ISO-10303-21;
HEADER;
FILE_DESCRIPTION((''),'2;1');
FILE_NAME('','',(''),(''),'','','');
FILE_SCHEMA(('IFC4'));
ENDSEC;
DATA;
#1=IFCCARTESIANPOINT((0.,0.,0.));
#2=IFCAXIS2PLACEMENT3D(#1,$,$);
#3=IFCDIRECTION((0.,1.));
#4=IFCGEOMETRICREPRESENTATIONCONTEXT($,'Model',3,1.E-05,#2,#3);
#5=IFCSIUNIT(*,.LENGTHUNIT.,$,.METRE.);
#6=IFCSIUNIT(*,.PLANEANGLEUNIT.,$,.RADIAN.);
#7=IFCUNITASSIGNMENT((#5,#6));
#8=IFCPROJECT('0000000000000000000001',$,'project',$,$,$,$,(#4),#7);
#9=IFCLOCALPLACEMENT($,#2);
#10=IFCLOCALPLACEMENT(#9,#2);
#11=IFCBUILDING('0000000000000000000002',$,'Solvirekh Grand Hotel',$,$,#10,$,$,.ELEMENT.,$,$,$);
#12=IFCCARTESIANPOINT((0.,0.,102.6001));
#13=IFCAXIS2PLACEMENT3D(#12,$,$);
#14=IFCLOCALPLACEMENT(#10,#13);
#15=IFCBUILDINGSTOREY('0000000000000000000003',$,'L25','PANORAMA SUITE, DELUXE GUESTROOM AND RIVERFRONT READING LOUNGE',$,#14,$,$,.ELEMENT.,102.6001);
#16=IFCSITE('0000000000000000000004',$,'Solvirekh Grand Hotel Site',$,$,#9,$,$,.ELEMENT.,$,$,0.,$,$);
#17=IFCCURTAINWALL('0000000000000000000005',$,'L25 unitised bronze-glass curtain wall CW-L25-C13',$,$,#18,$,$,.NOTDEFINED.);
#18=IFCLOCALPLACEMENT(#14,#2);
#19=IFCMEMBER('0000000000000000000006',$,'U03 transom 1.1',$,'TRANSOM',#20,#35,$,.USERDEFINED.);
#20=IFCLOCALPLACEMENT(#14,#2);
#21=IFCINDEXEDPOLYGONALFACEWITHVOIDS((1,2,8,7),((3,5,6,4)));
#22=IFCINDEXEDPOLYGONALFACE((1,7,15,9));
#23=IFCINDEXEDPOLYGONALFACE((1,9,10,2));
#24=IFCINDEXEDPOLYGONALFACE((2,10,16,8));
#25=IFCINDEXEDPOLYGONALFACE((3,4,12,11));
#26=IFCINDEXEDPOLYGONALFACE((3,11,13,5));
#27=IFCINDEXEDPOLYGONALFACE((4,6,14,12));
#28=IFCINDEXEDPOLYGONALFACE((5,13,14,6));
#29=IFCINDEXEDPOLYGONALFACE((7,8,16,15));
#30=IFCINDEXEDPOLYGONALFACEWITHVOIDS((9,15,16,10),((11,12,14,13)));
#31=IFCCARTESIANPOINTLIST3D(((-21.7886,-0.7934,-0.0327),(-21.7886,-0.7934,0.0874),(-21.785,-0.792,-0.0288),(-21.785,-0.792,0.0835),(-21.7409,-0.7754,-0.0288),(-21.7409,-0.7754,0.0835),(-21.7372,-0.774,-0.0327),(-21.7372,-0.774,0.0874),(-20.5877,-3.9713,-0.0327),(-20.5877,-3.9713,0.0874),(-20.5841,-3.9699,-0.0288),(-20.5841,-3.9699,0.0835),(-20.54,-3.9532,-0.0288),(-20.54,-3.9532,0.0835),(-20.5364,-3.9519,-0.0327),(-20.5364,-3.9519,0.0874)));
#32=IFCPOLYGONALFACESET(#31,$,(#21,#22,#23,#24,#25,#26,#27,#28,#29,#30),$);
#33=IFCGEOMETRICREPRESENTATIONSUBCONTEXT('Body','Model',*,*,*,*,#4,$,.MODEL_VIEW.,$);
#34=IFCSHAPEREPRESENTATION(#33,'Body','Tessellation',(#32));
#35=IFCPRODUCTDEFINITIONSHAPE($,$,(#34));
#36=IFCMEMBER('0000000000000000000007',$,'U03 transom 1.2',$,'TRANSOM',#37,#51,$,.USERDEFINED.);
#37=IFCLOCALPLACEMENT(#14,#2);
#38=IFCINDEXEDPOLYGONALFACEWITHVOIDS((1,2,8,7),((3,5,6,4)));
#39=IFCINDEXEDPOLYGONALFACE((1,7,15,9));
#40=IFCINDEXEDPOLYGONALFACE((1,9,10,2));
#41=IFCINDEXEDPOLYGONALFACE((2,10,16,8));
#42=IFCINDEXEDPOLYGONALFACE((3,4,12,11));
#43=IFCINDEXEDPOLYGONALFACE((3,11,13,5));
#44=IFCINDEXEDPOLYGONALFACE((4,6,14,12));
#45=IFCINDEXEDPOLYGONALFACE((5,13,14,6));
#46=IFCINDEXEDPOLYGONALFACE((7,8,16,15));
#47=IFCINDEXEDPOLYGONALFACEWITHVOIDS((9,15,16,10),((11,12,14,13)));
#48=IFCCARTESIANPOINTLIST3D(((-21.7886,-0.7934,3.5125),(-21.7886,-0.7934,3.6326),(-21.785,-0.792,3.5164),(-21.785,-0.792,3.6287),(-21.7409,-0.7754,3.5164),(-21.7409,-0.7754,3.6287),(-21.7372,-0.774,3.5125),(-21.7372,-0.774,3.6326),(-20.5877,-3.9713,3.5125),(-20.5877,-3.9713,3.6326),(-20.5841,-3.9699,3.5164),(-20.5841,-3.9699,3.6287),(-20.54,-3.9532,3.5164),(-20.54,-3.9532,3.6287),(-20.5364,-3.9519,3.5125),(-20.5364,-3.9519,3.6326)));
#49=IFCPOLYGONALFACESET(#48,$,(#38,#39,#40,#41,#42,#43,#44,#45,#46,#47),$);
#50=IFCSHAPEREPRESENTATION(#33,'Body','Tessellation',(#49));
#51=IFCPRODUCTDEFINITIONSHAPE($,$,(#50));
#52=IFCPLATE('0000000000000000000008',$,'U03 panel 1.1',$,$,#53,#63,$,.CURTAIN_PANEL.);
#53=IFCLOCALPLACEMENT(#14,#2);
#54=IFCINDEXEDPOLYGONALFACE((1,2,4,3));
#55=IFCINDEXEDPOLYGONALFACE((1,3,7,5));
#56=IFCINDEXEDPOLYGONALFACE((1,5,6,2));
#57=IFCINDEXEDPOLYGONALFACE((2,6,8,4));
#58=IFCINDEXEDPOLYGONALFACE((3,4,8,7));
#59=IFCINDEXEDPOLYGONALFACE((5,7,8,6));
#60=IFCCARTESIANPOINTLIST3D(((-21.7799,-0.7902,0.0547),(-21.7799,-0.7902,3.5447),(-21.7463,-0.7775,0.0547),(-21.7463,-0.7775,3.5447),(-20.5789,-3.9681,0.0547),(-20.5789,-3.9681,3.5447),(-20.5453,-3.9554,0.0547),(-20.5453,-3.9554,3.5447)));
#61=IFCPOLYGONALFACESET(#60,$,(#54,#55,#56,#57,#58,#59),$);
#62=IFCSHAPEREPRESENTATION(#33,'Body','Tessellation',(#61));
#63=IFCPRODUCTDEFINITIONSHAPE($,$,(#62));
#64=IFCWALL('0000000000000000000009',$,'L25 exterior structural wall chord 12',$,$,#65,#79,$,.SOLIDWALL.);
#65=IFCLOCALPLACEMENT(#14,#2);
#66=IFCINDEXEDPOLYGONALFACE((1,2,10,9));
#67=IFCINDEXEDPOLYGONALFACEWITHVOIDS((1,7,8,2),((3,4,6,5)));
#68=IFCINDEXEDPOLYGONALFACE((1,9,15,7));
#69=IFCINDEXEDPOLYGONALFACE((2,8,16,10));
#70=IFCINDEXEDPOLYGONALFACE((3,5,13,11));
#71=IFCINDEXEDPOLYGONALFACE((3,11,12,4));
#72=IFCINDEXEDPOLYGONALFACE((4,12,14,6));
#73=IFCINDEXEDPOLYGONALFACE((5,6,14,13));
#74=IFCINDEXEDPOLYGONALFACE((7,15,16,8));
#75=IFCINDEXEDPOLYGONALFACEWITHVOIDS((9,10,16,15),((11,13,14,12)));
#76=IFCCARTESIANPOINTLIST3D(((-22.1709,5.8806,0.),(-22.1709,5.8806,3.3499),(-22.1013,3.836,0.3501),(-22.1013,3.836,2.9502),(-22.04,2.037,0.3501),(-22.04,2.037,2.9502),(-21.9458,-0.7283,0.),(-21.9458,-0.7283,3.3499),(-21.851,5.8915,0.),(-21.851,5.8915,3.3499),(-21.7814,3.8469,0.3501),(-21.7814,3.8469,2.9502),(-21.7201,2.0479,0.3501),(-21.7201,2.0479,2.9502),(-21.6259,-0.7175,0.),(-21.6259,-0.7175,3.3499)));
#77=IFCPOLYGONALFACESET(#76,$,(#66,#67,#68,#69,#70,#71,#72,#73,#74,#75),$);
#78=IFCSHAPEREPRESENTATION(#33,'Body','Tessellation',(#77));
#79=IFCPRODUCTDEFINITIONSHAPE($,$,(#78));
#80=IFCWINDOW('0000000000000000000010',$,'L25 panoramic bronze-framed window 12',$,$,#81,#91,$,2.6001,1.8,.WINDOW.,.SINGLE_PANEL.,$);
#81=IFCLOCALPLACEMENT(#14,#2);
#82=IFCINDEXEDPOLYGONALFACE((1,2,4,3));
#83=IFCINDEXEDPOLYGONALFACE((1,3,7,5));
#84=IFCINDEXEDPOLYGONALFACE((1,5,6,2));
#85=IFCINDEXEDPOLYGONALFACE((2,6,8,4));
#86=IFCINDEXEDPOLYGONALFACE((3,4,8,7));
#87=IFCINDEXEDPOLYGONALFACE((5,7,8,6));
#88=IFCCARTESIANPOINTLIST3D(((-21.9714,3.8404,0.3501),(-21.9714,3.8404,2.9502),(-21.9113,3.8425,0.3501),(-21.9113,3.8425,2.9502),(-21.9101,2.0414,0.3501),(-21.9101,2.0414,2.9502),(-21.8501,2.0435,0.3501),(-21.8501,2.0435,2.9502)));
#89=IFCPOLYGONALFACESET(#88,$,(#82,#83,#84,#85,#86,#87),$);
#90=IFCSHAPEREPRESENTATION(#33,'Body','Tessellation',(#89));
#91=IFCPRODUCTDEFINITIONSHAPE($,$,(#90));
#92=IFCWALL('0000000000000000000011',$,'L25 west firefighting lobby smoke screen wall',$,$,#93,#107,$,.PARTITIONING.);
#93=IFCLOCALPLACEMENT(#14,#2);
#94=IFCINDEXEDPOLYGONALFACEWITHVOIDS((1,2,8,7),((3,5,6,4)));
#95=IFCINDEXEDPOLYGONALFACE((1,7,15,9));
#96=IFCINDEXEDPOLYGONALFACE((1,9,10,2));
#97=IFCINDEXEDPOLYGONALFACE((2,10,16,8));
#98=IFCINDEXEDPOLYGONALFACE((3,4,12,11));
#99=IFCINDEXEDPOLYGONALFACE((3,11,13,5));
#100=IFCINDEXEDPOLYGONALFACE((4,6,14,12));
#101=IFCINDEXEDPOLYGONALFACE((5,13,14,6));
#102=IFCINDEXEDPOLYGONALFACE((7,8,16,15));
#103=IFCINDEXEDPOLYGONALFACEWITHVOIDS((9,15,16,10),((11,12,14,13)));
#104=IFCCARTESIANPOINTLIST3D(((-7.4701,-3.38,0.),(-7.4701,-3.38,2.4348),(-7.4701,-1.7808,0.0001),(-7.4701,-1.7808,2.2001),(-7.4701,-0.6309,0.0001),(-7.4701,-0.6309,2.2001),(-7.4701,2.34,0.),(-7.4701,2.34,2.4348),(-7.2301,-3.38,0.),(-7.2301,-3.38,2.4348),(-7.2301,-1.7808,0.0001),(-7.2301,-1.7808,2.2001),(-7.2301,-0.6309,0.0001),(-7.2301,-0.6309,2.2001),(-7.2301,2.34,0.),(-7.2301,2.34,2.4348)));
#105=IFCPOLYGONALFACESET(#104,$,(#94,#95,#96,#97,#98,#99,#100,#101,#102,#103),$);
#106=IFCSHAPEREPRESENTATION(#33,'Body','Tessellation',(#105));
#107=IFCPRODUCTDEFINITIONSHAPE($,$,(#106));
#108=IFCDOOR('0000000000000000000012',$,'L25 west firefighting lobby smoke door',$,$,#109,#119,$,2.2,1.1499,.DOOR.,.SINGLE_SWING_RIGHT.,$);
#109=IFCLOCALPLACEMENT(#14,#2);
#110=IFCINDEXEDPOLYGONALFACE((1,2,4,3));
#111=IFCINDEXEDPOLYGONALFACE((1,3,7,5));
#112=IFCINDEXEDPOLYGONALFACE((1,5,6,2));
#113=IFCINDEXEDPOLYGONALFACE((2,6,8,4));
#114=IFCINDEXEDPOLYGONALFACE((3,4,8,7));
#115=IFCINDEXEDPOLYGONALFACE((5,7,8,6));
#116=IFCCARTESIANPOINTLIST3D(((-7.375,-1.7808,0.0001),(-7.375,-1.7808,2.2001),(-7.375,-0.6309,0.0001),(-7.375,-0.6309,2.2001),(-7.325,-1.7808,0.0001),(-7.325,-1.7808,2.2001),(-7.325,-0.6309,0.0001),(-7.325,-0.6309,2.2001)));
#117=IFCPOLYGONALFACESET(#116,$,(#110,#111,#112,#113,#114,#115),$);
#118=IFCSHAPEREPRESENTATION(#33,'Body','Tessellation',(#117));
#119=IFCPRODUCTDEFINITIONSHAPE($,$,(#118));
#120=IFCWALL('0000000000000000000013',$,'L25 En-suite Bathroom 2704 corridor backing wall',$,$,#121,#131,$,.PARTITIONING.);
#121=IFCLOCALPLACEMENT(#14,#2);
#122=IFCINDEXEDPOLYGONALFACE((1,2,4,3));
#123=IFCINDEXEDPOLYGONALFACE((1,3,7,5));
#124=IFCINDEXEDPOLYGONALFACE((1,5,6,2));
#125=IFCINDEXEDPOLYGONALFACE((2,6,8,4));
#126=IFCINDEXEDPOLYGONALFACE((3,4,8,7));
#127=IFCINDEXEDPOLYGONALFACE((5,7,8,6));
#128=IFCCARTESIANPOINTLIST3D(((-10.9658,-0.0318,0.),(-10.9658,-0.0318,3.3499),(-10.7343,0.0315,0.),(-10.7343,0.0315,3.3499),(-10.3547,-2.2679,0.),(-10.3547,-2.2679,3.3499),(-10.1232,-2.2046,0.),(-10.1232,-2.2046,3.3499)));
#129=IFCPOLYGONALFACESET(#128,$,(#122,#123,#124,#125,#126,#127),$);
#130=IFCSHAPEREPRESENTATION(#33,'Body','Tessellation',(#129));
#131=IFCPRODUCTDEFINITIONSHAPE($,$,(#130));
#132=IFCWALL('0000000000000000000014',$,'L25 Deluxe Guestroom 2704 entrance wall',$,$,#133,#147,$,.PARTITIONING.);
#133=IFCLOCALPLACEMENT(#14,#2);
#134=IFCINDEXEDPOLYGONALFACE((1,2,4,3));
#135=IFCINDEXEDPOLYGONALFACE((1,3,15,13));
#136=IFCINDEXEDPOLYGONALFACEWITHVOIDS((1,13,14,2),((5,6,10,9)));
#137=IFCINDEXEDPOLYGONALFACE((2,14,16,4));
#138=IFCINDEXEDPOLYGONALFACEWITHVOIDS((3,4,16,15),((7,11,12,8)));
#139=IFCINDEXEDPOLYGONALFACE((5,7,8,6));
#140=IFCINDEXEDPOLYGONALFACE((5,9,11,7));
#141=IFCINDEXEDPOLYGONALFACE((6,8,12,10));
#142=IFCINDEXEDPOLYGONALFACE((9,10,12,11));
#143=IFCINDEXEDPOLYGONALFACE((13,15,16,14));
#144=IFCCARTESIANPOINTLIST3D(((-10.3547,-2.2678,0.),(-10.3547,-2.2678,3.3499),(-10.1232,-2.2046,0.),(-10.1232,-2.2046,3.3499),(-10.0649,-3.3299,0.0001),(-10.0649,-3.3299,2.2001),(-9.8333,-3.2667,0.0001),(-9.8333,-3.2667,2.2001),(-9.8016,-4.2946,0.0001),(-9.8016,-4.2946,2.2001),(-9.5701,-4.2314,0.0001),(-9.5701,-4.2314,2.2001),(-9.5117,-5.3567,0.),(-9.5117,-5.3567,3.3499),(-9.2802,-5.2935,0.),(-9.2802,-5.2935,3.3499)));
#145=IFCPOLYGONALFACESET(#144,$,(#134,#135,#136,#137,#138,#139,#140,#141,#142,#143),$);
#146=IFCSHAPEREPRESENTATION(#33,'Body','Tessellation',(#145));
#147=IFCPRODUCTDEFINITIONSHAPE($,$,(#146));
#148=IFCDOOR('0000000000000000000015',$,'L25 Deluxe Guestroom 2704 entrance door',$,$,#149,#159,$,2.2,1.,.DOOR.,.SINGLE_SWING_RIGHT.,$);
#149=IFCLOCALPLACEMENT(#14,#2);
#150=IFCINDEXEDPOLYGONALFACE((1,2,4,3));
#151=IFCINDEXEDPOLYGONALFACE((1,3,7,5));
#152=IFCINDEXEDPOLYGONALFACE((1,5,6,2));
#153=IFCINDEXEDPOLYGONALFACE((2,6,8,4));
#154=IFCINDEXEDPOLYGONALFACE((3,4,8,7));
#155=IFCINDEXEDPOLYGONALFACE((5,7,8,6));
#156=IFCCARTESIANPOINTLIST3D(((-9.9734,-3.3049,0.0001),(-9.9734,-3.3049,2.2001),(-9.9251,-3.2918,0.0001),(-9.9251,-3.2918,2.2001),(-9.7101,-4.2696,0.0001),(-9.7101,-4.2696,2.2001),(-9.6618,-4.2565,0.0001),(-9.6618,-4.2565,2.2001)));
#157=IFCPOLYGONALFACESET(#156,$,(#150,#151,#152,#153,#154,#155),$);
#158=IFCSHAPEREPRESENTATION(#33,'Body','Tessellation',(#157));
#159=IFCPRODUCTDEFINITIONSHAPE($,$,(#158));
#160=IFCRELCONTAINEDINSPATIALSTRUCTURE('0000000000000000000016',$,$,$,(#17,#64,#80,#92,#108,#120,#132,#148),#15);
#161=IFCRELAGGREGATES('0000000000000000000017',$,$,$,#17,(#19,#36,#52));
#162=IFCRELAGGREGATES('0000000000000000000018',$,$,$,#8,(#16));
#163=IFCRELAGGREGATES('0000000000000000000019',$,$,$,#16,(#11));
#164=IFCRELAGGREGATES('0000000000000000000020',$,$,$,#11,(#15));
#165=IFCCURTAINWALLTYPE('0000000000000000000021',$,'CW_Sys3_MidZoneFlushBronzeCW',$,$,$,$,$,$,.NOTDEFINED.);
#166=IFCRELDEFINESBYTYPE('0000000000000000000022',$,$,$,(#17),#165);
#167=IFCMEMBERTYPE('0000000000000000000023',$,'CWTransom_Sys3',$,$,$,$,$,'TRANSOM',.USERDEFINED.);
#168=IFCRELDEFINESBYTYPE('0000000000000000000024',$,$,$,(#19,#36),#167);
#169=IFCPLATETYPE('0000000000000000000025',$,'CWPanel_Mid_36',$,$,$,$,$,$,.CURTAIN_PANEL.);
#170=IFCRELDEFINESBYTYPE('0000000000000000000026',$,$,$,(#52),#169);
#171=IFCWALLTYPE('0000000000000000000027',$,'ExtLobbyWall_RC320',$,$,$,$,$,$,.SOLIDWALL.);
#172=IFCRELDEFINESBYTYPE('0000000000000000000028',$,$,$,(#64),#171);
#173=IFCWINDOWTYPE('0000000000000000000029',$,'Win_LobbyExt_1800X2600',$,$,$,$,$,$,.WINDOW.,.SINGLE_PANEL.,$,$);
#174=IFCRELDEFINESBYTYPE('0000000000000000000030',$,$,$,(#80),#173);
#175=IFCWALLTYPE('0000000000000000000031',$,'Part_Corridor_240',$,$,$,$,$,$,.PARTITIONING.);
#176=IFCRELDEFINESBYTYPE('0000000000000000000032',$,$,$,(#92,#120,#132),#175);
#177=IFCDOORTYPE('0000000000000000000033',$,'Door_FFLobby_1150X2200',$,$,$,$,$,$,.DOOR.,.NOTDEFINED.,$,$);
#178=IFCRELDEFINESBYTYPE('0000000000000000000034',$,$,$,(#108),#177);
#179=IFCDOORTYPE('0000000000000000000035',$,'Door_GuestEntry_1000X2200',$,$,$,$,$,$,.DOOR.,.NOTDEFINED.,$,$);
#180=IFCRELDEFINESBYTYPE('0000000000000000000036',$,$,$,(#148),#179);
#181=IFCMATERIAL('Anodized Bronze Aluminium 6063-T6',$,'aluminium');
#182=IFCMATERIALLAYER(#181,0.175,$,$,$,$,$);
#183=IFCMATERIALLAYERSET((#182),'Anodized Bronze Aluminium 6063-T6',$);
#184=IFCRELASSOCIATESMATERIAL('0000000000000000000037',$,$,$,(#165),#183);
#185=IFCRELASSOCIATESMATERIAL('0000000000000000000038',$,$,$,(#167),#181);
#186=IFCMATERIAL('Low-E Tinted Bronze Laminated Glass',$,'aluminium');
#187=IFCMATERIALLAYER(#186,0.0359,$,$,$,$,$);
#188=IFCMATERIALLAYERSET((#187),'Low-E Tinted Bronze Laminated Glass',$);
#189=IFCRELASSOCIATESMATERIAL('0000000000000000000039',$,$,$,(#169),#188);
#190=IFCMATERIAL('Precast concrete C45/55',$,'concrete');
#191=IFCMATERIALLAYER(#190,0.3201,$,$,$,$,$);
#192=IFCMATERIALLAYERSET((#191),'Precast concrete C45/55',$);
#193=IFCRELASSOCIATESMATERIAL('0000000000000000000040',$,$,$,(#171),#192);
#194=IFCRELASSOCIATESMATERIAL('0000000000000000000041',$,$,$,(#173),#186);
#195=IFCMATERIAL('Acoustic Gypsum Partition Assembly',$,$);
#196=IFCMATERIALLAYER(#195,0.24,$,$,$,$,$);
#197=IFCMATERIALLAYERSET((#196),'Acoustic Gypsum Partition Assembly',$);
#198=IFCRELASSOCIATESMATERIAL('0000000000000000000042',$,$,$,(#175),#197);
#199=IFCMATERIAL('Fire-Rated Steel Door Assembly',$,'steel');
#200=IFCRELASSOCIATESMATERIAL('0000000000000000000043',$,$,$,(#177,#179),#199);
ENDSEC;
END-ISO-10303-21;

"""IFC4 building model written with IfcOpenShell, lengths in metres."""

from ifc_helpers import new_model, si_unit, direction, frame, frame_2d, origin, origin_2d, place, context, subcontext, project, spatial, rectangle, hollow_rectangle, extrude, source, transform, mapped, material, layer, layer_set, material_profile, profile_set, type_object, element, fill, aggregate, save


model = new_model("IFC4")

# Units and contexts
model_context = context("Model", 3, precision=1e-05, world=origin(), true_north=direction((0.0, 1.0)))
body_context = subcontext(model_context, "Body", "Model", "MODEL_VIEW")
ifc_project = project(units=[si_unit("LENGTHUNIT", "METRE"), si_unit("PLANEANGLEUNIT", "RADIAN")], contexts=[model_context])

# Site, building, storey
site_placement = place(None, origin())
site = spatial("IfcSite", under=ifc_project, at=site_placement, Name="Solvirekh Grand Hotel Site", CompositionType="ELEMENT", RefElevation=0.0)
building_placement = place(site_placement, origin())
building = spatial("IfcBuilding", under=site, at=building_placement, Name="Solvirekh Grand Hotel", CompositionType="ELEMENT")
storey_placement = place(building_placement, frame((0.0, 0.0, 102.6001)))
storey = spatial("IfcBuildingStorey", under=building, at=storey_placement, Name="L25", Description="PANORAMA SUITE, DELUXE GUESTROOM AND RIVERFRONT READING LOUNGE", CompositionType="ELEMENT", Elevation=102.6001)

# Curtain wall, members, plate
ifc_material_1 = material(Name="Anodized Bronze Aluminium 6063-T6", Category="aluminium")
ifc_layer_1 = layer(ifc_material_1, 0.175)
ifc_layer_set_1 = layer_set([ifc_layer_1], Name="Anodized Bronze Aluminium 6063-T6")
curtain_wall_type = type_object("IfcCurtainWallType", Name="CW_Sys3_MidZoneFlushBronzeCW", PredefinedType="NOTDEFINED", material=ifc_layer_set_1)
curtain_wall_placement = place(storey_placement, origin())
curtain_wall = element("IfcCurtainWall", 1, at=curtain_wall_placement, inside=storey, type_object=curtain_wall_type, Name="L25 unitised bronze-glass curtain wall CW-L25-C13", PredefinedType="NOTDEFINED")
ifc_material_profile_1 = material_profile(ifc_material_1, hollow_rectangle(XDim=0.0549, YDim=0.1201, WallThickness=0.0039, at=origin_2d()), Name="ALU RHS 120X55X4")
ifc_profile_set_1 = profile_set([ifc_material_profile_1], Name="Anodized Bronze Aluminium 6063-T6")
member_type_1 = type_object("IfcMemberType", Name="CWTransom_Sys3", ElementType="TRANSOM", PredefinedType="USERDEFINED", material=ifc_profile_set_1)
shared_shape_1 = source(origin(), body_context, "Body", "SweptSolid", [
    extrude(hollow_rectangle(XDim=0.0549, YDim=0.1201, WallThickness=0.0039, at=origin_2d()), origin(), (0.0, 0.0, 1.0), 3.3972),
])
member_1_placement = place(storey_placement, frame((-21.7629, -0.7837, 0.0273), z_axis=(0.353493, -0.935437, 0.0), x_axis=(0.935437, 0.353493, 0.0)))
member_1 = element("IfcMember", 2, at=member_1_placement, type_object=member_type_1, Name="U03 transom 1.1", ObjectType="TRANSOM", PredefinedType="USERDEFINED", context=body_context, shape_type="MappedRepresentation", body=[
    mapped(shared_shape_1, transform((0.0, 0.0, 0.0), x_axis=(1.0, 0.0, 0.0), y_axis=(0.0, 1.0, 0.0), z_axis=(0.0, 0.0, 1.0), scale=1.0)),
])
member_2_placement = place(storey_placement, frame((-21.7629, -0.7837, 3.5725), z_axis=(0.353493, -0.935437, 0.0), x_axis=(0.935437, 0.353493, 0.0)))
member_2 = element("IfcMember", 3, at=member_2_placement, type_object=member_type_1, Name="U03 transom 1.2", ObjectType="TRANSOM", PredefinedType="USERDEFINED", context=body_context, shape_type="MappedRepresentation", body=[
    mapped(shared_shape_1, transform((0.0, 0.0, 0.0), x_axis=(1.0, 0.0, 0.0), y_axis=(0.0, 1.0, 0.0), z_axis=(0.0, 0.0, 1.0), scale=1.0)),
])
ifc_material_2 = material(Name="Low-E Tinted Bronze Laminated Glass", Category="aluminium")
ifc_layer_2 = layer(ifc_material_2, 0.0359)
ifc_layer_set_2 = layer_set([ifc_layer_2], Name="Low-E Tinted Bronze Laminated Glass")
plate_type = type_object("IfcPlateType", Name="CWPanel_Mid_36", PredefinedType="CURTAIN_PANEL", material=ifc_layer_set_2)
shared_shape_2 = source(origin(), body_context, "Body", "SweptSolid", [
    extrude(rectangle(XDim=3.3972, YDim=0.0359, at=origin_2d()), origin(), (0.0, 0.0, 1.0), 3.49),
])
plate_placement = place(storey_placement, frame((-21.1626, -2.3728, 0.0547), z_axis=(0.0, 0.0, 1.0), x_axis=(0.353537, -0.935421, 0.0)))
plate = element("IfcPlate", 4, at=plate_placement, type_object=plate_type, Name="U03 panel 1.1", PredefinedType="CURTAIN_PANEL", context=body_context, shape_type="MappedRepresentation", body=[
    mapped(shared_shape_2, transform((0.0, 0.0, 0.0), x_axis=(1.0, 0.0, 0.0), y_axis=(0.0, 1.0, 0.0), z_axis=(0.0, 0.0, 1.0), scale=1.0)),
])
aggregate(curtain_wall, [member_1, member_2, plate])

# Wall, opening, window
ifc_material_3 = material(Name="Precast concrete C45/55", Category="concrete")
ifc_layer_3 = layer(ifc_material_3, 0.3201)
ifc_layer_set_3 = layer_set([ifc_layer_3], Name="Precast concrete C45/55")
wall_type_1 = type_object("IfcWallType", Name="ExtLobbyWall_RC320", PredefinedType="SOLIDWALL", material=ifc_layer_set_3)
wall_1_placement = place(storey_placement, frame((-21.7859, -0.7229, 0.0), z_axis=(0.0, 0.0, 1.0), x_axis=(-0.03404, 0.99942, 0.0)))
wall_1 = element("IfcWall", 5, at=wall_1_placement, inside=storey, type_object=wall_type_1, Name="L25 exterior structural wall chord 12", PredefinedType="SOLIDWALL", context=body_context, shape_type="SweptSolid", body=[
    extrude(rectangle(XDim=6.6128, YDim=0.3201, at=frame_2d((3.3064, 0.0))), origin(), (0.0, 0.0, 1.0), 3.3499),
])
opening_1_placement = place(wall_1_placement, frame((2.7671, 0.0, 0.3501)))
opening_1 = element("IfcOpeningElement", 6, at=opening_1_placement, cuts=wall_1, PredefinedType="OPENING", context=body_context, shape_type="SweptSolid", body=[
    extrude(rectangle(XDim=1.8, YDim=2.6001, at=frame_2d((0.8999, 1.3))), frame((0.0, 0.1699, 0.0), z_axis=(0.0, -1.0, 0.0), x_axis=(1.0, 0.0, 0.0)), (0.0, 0.0, 1.0), 0.3401),
])
window_type = type_object("IfcWindowType", Name="Win_LobbyExt_1800X2600", PartitioningType="SINGLE_PANEL", PredefinedType="WINDOW", material=ifc_material_2)
window_placement = place(opening_1_placement, origin())
window = element("IfcWindow", 7, at=window_placement, inside=storey, type_object=window_type, Name="L25 panoramic bronze-framed window 12", OverallHeight=2.6001, OverallWidth=1.8, PartitioningType="SINGLE_PANEL", PredefinedType="WINDOW", context=body_context, shape_type="SweptSolid", body=[
    extrude(rectangle(XDim=1.8, YDim=2.6001, at=frame_2d((0.8999, 1.3))), frame((0.0, 0.03, 0.0), z_axis=(0.0, -1.0, 0.0), x_axis=(1.0, 0.0, 0.0)), (0.0, 0.0, 1.0), 0.0601),
])
fill(opening_1, window)

# Wall, opening, door
ifc_material_4 = material(Name="Acoustic Gypsum Partition Assembly")
ifc_layer_4 = layer(ifc_material_4, 0.24)
ifc_layer_set_4 = layer_set([ifc_layer_4], Name="Acoustic Gypsum Partition Assembly")
wall_type_2 = type_object("IfcWallType", Name="Part_Corridor_240", PredefinedType="PARTITIONING", material=ifc_layer_set_4)
wall_2_placement = place(storey_placement, frame((-7.3501, -3.3799, 0.0), z_axis=(0.0, 0.0, 1.0), x_axis=(0.0, 1.0, 0.0)))
wall_2 = element("IfcWall", 8, at=wall_2_placement, inside=storey, type_object=wall_type_2, Name="L25 west firefighting lobby smoke screen wall", PredefinedType="PARTITIONING", context=body_context, shape_type="SweptSolid", body=[
    extrude(rectangle(XDim=5.72, YDim=0.24, at=frame_2d((2.8599, 0.0))), origin(), (0.0, 0.0, 1.0), 2.4348),
])
opening_2_placement = place(wall_2_placement, frame((1.5991, 0.0, 0.0)))
opening_2 = element("IfcOpeningElement", 9, at=opening_2_placement, cuts=wall_2, PredefinedType="OPENING", context=body_context, shape_type="SweptSolid", body=[
    extrude(rectangle(XDim=1.1499, YDim=2.2, at=frame_2d((0.575, 1.1001))), frame((0.0, 0.1299, 0.0), z_axis=(0.0, -1.0, 0.0), x_axis=(1.0, 0.0, 0.0)), (0.0, 0.0, 1.0), 0.26),
])
ifc_material_5 = material(Name="Fire-Rated Steel Door Assembly", Category="steel")
door_type_1 = type_object("IfcDoorType", Name="Door_FFLobby_1150X2200", OperationType="NOTDEFINED", PredefinedType="DOOR", material=ifc_material_5)
door_1_placement = place(opening_2_placement, origin())
door_1 = element("IfcDoor", 10, at=door_1_placement, inside=storey, type_object=door_type_1, Name="L25 west firefighting lobby smoke door", OperationType="SINGLE_SWING_RIGHT", OverallHeight=2.2, OverallWidth=1.1499, PredefinedType="DOOR", context=body_context, shape_type="SweptSolid", body=[
    extrude(rectangle(XDim=1.1499, YDim=2.2, at=frame_2d((0.575, 1.1001))), frame((0.0, 0.0249, 0.0), z_axis=(0.0, -1.0, 0.0), x_axis=(1.0, 0.0, 0.0)), (0.0, 0.0, 1.0), 0.05),
])
fill(opening_2, door_1)

# Wall
wall_3_placement = place(storey_placement, frame((-10.8501, 0.0, 0.0), z_axis=(0.0, 0.0, 1.0), x_axis=(0.263616, -0.964628, 0.0)))
element("IfcWall", 11, at=wall_3_placement, inside=storey, type_object=wall_type_2, Name="L25 En-suite Bathroom 2704 corridor backing wall", PredefinedType="PARTITIONING", context=body_context, shape_type="SweptSolid", body=[
    extrude(rectangle(XDim=2.3181, YDim=0.24, at=frame_2d((1.1592, 0.0))), origin(), (0.0, 0.0, 1.0), 3.3499),
])

# Wall, opening, door
wall_4_placement = place(storey_placement, frame((-10.239, -2.2361, 0.0), z_axis=(0.0, 0.0, 1.0), x_axis=(0.263292, -0.964716, 0.0)))
wall_4 = element("IfcWall", 12, at=wall_4_placement, inside=storey, type_object=wall_type_2, Name="L25 Deluxe Guestroom 2704 entrance wall", PredefinedType="PARTITIONING", context=body_context, shape_type="SweptSolid", body=[
    extrude(rectangle(XDim=3.2019, YDim=0.24, at=frame_2d((1.6011, 0.0))), origin(), (0.0, 0.0, 1.0), 3.3499),
])
opening_3_placement = place(wall_4_placement, frame((1.1011, 0.0, 0.0)))
opening_3 = element("IfcOpeningElement", 13, at=opening_3_placement, cuts=wall_4, PredefinedType="OPENING", context=body_context, shape_type="SweptSolid", body=[
    extrude(rectangle(XDim=1.0, YDim=2.2, at=frame_2d((0.5, 1.1001))), frame((0.0, 0.1299, 0.0), z_axis=(0.0, -1.0, 0.0), x_axis=(1.0, 0.0, 0.0)), (0.0, 0.0, 1.0), 0.26),
])
door_type_2 = type_object("IfcDoorType", Name="Door_GuestEntry_1000X2200", OperationType="NOTDEFINED", PredefinedType="DOOR", material=ifc_material_5)
door_2_placement = place(opening_3_placement, origin())
door_2 = element("IfcDoor", 14, at=door_2_placement, inside=storey, type_object=door_type_2, Name="L25 Deluxe Guestroom 2704 entrance door", OperationType="SINGLE_SWING_RIGHT", OverallHeight=2.2, OverallWidth=1.0, PredefinedType="DOOR", context=body_context, shape_type="SweptSolid", body=[
    extrude(rectangle(XDim=1.0, YDim=2.2, at=frame_2d((0.5, 1.1001))), frame((0.0, 0.0249, 0.0), z_axis=(0.0, -1.0, 0.0), x_axis=(1.0, 0.0, 0.0)), (0.0, 0.0, 1.0), 0.05),
])
fill(opening_3, door_2)

save(model, "model.ifc")
